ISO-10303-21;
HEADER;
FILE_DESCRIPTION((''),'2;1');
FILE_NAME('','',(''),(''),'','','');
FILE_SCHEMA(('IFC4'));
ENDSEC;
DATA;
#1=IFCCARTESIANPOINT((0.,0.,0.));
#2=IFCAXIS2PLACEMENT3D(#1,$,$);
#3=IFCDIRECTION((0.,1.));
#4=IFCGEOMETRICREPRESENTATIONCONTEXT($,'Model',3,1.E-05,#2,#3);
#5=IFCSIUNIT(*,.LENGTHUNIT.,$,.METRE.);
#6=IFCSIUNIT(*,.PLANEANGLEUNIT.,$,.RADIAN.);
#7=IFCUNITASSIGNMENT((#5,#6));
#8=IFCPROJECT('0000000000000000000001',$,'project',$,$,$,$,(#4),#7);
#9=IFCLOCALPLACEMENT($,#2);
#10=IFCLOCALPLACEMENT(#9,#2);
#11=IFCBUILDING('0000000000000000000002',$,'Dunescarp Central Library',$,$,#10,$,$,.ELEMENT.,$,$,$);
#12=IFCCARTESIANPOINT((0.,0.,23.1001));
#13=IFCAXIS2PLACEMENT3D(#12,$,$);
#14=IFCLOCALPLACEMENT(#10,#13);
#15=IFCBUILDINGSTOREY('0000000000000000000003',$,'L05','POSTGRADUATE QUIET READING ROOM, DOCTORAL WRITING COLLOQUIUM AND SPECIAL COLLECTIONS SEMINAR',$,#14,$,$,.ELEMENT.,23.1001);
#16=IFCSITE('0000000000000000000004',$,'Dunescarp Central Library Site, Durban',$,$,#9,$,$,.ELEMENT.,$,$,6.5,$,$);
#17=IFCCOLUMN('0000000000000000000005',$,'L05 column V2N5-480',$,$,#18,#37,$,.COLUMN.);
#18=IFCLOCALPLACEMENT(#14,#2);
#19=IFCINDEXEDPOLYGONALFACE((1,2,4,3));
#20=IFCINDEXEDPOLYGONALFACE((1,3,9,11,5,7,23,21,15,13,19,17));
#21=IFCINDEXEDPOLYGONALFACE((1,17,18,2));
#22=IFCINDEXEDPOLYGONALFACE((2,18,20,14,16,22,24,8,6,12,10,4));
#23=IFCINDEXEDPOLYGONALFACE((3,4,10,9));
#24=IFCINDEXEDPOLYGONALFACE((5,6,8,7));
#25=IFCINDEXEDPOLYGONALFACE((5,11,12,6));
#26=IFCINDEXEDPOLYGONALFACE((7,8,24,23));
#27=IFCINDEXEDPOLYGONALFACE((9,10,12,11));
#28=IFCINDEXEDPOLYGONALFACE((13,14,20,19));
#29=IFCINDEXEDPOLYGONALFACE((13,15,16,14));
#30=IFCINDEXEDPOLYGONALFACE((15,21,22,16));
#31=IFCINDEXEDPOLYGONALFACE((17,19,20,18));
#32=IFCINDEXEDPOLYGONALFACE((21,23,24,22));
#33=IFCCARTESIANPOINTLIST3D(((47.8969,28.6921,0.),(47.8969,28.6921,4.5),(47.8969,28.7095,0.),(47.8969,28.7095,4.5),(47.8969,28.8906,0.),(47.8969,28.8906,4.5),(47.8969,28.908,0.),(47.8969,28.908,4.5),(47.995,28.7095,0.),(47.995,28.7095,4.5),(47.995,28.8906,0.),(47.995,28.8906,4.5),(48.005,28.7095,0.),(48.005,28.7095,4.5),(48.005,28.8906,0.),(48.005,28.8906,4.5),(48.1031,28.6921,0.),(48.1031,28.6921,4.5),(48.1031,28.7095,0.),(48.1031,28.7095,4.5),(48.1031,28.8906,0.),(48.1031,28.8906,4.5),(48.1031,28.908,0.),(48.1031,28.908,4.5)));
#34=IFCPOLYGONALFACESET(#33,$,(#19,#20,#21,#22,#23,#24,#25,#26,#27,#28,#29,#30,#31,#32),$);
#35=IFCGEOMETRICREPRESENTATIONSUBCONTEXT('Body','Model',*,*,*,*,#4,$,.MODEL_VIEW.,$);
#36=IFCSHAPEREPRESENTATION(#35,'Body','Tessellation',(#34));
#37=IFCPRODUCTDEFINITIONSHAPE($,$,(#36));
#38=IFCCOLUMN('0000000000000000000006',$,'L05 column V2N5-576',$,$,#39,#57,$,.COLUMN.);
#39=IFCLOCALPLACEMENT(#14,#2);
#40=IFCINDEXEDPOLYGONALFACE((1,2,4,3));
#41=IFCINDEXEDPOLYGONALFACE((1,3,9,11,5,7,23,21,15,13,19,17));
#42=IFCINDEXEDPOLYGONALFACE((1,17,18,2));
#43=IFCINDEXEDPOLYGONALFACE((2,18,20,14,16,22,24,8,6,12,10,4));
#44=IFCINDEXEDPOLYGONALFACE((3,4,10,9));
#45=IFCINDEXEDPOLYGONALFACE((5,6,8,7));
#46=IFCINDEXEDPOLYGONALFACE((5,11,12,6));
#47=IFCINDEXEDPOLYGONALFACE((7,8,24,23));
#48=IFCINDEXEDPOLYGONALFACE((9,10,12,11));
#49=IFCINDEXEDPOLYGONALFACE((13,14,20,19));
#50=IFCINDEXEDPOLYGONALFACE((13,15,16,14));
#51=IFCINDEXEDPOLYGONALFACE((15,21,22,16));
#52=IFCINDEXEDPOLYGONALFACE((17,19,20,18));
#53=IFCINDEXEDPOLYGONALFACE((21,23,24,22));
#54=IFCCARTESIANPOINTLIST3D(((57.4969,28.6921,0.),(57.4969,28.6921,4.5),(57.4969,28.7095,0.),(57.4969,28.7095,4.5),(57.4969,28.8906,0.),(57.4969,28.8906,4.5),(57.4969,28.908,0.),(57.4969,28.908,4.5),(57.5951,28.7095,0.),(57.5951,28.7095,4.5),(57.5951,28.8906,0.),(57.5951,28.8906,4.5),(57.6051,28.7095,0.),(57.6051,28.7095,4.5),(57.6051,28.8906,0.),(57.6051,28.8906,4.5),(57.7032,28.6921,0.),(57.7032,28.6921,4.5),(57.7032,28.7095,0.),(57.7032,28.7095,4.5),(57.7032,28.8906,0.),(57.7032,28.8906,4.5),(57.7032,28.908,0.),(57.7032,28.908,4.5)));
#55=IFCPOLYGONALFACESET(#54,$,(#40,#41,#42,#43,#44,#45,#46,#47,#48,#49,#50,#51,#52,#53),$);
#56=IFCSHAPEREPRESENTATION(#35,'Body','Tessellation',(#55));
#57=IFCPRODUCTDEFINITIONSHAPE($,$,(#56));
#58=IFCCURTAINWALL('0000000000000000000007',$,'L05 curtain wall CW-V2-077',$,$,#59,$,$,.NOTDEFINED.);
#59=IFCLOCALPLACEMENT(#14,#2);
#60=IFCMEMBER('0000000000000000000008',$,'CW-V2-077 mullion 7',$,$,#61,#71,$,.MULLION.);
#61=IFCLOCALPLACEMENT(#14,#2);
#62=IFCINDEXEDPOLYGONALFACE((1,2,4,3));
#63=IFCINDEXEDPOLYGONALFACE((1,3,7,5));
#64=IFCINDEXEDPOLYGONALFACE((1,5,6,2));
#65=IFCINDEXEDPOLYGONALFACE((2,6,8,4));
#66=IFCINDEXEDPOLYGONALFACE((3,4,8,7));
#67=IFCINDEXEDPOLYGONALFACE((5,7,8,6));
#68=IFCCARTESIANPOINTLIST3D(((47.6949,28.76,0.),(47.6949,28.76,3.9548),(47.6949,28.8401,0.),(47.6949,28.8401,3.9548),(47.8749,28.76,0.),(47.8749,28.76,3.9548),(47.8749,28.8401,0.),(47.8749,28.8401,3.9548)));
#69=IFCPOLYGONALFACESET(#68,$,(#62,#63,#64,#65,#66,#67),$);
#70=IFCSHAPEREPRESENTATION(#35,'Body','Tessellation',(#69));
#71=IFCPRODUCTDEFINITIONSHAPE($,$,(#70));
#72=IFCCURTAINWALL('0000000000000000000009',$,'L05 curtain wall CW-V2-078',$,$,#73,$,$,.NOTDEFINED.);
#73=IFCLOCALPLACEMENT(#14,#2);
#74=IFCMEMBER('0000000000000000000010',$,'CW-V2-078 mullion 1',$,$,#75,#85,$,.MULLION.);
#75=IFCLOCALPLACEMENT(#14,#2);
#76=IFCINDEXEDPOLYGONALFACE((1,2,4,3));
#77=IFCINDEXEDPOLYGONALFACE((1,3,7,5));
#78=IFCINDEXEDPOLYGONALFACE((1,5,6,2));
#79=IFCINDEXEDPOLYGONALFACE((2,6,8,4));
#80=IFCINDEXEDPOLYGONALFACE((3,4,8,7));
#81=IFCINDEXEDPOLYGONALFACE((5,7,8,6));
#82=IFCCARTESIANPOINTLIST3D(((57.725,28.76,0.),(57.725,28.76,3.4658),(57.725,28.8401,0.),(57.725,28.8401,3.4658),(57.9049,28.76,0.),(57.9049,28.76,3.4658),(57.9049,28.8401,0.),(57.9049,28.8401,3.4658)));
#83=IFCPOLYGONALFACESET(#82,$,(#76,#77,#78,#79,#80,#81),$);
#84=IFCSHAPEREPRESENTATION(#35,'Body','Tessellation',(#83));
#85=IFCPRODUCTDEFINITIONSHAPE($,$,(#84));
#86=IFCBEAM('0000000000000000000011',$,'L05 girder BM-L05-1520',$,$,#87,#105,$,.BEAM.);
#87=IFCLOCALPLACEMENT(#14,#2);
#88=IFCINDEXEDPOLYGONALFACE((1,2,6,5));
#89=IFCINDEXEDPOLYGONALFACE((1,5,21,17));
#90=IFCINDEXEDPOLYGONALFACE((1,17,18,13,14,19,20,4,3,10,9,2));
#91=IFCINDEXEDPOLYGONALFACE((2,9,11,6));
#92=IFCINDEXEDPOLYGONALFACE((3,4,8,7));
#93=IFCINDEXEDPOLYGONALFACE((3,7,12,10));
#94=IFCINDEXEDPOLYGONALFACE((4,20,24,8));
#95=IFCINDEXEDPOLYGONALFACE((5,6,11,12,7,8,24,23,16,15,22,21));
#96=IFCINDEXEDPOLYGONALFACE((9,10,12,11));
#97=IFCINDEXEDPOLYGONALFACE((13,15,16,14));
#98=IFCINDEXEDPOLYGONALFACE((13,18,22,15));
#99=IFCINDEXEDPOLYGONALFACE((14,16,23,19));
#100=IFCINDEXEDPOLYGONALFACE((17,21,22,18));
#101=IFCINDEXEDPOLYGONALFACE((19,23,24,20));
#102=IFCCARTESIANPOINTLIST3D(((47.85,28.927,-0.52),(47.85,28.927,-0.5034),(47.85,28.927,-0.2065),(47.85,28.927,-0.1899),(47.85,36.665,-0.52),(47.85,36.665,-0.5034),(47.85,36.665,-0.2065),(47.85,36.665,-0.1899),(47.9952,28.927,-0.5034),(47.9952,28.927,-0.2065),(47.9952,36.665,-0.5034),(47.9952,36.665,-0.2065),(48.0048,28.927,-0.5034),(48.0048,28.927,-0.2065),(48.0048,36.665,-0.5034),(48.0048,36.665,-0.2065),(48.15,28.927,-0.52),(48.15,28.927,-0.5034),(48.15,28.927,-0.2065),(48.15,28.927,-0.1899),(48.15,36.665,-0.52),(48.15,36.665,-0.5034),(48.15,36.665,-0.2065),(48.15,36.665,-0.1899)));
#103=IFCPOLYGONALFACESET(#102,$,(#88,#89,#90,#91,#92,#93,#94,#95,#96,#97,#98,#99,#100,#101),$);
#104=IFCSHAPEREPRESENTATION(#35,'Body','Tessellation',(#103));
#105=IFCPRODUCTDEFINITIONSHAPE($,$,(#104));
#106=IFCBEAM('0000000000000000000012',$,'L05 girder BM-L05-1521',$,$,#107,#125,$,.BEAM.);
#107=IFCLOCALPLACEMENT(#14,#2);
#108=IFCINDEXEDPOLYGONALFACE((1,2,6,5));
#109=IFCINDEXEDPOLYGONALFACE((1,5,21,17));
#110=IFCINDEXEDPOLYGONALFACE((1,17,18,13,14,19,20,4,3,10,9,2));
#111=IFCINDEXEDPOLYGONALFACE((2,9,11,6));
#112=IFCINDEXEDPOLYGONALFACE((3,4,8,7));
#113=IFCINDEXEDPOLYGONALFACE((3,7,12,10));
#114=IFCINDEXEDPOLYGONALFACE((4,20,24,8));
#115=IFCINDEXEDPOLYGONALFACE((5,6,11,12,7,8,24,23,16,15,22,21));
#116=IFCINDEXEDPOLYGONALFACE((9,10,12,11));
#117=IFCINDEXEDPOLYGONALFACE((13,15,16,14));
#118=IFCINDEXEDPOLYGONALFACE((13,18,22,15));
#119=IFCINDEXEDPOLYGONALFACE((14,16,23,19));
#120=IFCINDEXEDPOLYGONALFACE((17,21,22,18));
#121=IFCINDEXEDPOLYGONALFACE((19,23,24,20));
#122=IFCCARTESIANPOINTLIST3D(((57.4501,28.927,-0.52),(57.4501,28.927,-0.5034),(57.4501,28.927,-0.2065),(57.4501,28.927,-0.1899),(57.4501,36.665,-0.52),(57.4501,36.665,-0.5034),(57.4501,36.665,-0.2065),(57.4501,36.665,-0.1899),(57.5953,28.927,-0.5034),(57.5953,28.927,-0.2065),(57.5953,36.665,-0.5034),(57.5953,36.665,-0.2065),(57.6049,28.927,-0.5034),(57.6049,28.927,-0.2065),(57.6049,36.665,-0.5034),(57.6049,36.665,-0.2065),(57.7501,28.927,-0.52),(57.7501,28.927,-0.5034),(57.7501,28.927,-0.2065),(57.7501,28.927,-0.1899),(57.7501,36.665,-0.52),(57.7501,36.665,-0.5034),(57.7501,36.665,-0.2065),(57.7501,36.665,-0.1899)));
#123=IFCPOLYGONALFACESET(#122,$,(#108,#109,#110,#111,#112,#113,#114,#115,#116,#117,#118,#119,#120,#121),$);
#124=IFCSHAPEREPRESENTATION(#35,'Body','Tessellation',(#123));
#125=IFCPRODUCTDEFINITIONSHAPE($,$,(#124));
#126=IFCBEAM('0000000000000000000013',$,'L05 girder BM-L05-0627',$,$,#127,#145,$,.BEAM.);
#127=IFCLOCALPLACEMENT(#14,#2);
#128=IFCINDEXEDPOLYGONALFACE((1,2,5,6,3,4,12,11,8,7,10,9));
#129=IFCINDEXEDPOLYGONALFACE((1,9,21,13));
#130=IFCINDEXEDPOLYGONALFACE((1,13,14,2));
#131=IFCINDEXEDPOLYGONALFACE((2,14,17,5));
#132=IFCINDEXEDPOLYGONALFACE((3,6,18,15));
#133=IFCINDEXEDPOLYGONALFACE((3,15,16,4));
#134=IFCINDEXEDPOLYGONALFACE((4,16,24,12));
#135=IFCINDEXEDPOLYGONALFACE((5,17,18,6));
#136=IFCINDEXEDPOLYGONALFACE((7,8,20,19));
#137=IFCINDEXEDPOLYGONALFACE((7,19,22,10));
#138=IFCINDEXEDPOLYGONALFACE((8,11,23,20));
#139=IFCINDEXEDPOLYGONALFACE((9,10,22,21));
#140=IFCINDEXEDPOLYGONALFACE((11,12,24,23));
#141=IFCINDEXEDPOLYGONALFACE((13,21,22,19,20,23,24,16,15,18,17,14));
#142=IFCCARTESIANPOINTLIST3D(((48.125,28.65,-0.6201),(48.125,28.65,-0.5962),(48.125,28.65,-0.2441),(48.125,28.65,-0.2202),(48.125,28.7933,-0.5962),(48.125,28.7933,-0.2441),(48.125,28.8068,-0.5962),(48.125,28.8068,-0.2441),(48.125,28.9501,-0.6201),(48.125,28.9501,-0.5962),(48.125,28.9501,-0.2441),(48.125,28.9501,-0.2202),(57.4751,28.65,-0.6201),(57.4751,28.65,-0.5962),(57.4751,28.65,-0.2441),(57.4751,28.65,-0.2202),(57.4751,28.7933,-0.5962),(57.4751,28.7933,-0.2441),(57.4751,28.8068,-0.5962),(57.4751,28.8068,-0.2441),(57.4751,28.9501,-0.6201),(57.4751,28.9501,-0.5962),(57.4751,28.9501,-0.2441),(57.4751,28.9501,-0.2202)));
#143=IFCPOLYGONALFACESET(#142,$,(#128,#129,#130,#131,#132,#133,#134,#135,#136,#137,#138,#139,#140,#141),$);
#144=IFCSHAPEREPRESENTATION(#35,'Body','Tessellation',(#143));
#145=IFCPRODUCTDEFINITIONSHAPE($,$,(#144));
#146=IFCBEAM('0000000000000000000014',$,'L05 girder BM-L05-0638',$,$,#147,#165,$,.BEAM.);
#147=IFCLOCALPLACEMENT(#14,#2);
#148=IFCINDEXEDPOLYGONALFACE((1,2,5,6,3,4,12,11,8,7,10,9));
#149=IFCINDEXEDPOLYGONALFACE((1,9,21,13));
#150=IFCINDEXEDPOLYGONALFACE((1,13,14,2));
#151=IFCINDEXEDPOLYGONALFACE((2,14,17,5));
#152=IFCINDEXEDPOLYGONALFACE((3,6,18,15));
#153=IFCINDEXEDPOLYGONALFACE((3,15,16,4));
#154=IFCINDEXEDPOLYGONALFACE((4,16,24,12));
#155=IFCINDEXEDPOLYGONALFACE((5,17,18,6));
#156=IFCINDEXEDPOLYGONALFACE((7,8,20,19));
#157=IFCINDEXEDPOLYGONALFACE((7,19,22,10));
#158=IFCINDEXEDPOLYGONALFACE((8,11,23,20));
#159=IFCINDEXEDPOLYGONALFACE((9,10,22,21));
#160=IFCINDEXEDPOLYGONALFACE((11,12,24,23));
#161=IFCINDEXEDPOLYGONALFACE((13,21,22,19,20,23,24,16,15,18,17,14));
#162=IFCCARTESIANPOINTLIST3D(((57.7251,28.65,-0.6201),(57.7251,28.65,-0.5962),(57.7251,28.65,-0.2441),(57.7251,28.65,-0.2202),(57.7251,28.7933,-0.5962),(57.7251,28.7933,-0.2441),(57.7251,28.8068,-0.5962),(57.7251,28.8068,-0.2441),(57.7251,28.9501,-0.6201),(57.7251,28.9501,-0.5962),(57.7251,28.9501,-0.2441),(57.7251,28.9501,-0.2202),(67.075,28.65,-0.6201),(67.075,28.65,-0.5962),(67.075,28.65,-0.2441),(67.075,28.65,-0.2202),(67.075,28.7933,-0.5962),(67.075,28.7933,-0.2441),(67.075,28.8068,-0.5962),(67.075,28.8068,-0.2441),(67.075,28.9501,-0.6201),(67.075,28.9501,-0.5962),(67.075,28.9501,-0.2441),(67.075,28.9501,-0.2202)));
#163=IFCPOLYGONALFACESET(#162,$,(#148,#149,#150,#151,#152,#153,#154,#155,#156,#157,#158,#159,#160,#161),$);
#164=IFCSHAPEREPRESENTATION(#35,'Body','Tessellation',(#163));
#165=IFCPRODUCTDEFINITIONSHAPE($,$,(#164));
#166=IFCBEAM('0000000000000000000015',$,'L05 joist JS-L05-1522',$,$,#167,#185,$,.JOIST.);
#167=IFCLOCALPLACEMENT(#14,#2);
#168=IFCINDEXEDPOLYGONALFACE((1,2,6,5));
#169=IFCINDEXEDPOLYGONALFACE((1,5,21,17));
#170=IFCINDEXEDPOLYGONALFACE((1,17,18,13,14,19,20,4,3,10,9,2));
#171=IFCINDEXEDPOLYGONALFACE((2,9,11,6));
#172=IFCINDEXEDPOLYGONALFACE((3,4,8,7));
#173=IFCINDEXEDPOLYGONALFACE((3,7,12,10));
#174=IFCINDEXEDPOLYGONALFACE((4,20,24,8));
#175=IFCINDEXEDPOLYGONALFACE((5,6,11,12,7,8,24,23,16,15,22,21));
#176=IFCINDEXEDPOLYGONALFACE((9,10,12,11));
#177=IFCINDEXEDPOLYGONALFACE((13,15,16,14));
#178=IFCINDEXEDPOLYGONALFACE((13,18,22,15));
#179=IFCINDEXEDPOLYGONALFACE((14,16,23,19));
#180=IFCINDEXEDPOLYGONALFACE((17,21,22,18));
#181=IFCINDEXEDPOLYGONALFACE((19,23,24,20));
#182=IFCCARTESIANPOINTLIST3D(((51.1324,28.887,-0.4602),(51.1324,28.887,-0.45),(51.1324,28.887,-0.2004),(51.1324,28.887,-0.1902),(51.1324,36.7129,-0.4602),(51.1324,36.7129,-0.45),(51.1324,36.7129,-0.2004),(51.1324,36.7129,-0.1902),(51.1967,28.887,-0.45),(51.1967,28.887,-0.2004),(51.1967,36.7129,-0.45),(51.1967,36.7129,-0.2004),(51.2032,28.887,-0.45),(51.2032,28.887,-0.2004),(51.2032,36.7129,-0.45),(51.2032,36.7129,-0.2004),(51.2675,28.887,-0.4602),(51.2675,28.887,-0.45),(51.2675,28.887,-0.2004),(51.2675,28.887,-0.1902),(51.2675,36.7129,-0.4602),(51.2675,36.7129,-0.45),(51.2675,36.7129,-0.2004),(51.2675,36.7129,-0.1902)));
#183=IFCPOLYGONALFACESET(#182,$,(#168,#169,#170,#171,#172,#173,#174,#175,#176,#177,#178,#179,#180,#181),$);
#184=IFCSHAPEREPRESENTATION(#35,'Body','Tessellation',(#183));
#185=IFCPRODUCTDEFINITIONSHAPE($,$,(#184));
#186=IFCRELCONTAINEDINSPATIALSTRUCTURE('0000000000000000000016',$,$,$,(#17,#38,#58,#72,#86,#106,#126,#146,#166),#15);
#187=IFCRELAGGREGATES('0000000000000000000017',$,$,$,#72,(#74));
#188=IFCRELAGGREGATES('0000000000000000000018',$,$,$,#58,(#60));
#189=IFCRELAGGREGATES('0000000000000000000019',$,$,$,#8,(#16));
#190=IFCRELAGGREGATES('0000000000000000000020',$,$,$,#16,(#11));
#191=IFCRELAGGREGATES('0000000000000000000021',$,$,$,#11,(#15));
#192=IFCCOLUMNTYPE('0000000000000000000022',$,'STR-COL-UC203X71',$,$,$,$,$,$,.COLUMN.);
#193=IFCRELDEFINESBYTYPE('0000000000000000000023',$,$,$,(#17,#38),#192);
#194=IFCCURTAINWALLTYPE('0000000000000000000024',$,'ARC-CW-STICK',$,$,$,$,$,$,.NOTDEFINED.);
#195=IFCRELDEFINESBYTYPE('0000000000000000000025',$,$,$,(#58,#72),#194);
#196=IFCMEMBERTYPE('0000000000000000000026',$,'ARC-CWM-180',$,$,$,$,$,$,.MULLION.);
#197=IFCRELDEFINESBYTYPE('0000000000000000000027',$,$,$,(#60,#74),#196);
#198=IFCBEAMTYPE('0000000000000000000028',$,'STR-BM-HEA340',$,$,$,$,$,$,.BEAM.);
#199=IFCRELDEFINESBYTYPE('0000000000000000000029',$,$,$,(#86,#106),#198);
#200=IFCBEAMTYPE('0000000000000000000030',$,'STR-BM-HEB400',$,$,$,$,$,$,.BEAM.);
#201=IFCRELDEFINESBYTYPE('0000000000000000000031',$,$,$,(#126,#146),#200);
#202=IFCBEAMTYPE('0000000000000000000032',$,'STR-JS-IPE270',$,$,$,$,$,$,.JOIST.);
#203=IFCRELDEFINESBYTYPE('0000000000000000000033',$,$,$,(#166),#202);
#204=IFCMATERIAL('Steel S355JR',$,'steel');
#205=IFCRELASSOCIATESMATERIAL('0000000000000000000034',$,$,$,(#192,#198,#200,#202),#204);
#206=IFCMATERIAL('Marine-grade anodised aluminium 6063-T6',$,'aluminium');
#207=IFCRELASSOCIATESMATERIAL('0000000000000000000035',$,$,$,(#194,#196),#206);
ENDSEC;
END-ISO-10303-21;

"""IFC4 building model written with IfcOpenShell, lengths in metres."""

from ifc_helpers import new_model, si_unit, direction, frame, origin, origin_2d, place, context, subcontext, project, spatial, rectangle, i_section, extrude, material, material_profile, profile_set, type_object, element, aggregate, save


model = new_model("IFC4")

# Units and contexts
model_context = context("Model", 3, precision=1e-05, world=origin(), true_north=direction((0.0, 1.0)))
body_context = subcontext(model_context, "Body", "Model", "MODEL_VIEW")
ifc_project = project(units=[si_unit("LENGTHUNIT", "METRE"), si_unit("PLANEANGLEUNIT", "RADIAN")], contexts=[model_context])

# Site, building, storey
site_placement = place(None, origin())
site = spatial("IfcSite", under=ifc_project, at=site_placement, Name="Dunescarp Central Library Site, Durban", CompositionType="ELEMENT", RefElevation=6.5)
building_placement = place(site_placement, origin())
building = spatial("IfcBuilding", under=site, at=building_placement, Name="Dunescarp Central Library", CompositionType="ELEMENT")
storey_placement = place(building_placement, frame((0.0, 0.0, 23.1001)))
storey = spatial("IfcBuildingStorey", under=building, at=storey_placement, Name="L05", Description="POSTGRADUATE QUIET READING ROOM, DOCTORAL WRITING COLLOQUIUM AND SPECIAL COLLECTIONS SEMINAR", CompositionType="ELEMENT", Elevation=23.1001)

# Columns
ifc_material_1 = material(Name="Steel S355JR", Category="steel")
ifc_material_profile_1 = material_profile(ifc_material_1, i_section(OverallWidth=0.2063, OverallDepth=0.2158, WebThickness=0.01, FlangeThickness=0.0173, at=origin_2d()), Name="UC 203x203x71")
ifc_profile_set_1 = profile_set([ifc_material_profile_1], Name="Steel S355JR")
column_type = type_object("IfcColumnType", Name="STR-COL-UC203X71", PredefinedType="COLUMN", material=ifc_profile_set_1)
for number, where, z_axis, x_axis, name in (
    (1, (48.0, 28.8, 0.0), (0.0, 0.0, 1.0), (1.0, 0.0, 0.0), "L05 column V2N5-480"),
    (2, (57.6001, 28.8, 0.0), (0.0, 0.0, 1.0), (1.0, 0.0, 0.0), "L05 column V2N5-576"),
):
    element("IfcColumn", number, at=place(storey_placement, frame(where, z_axis=z_axis, x_axis=x_axis)), inside=storey, type_object=column_type, Name=name, PredefinedType="COLUMN", context=body_context, shape_type="SweptSolid", body=[
        extrude(i_section(OverallWidth=0.2063, OverallDepth=0.2158, WebThickness=0.01, FlangeThickness=0.0173, at=origin_2d()), origin(), (0.0, 0.0, 1.0), 4.5),
    ])

# Curtain walls, members
ifc_material_2 = material(Name="Marine-grade anodised aluminium 6063-T6", Category="aluminium")
curtain_wall_type = type_object("IfcCurtainWallType", Name="ARC-CW-STICK", PredefinedType="NOTDEFINED", material=ifc_material_2)
curtain_wall_1_placement = place(storey_placement, origin())
curtain_wall_1 = element("IfcCurtainWall", 3, at=curtain_wall_1_placement, inside=storey, type_object=curtain_wall_type, Name="L05 curtain wall CW-V2-077", PredefinedType="NOTDEFINED")
ifc_material_profile_2 = material_profile(ifc_material_2, rectangle(XDim=0.0801, YDim=0.1799, at=origin_2d()), Name="AL 80x180")
ifc_profile_set_2 = profile_set([ifc_material_profile_2], Name="Marine-grade anodised aluminium 6063-T6")
member_type = type_object("IfcMemberType", Name="ARC-CWM-180", PredefinedType="MULLION", material=ifc_profile_set_2)
member_1_placement = place(storey_placement, frame((47.7849, 28.8, 0.0), z_axis=(0.0, 0.0, 1.0), x_axis=(0.0, 1.0, 0.0)))
member_1 = element("IfcMember", 4, at=member_1_placement, type_object=member_type, Name="CW-V2-077 mullion 7", PredefinedType="MULLION", context=body_context, shape_type="SweptSolid", body=[
    extrude(rectangle(XDim=0.0801, YDim=0.1799, at=origin_2d()), origin(), (0.0, 0.0, 1.0), 3.9548),
])
curtain_wall_2_placement = place(storey_placement, origin())
curtain_wall_2 = element("IfcCurtainWall", 5, at=curtain_wall_2_placement, inside=storey, type_object=curtain_wall_type, Name="L05 curtain wall CW-V2-078", PredefinedType="NOTDEFINED")
member_2_placement = place(storey_placement, frame((57.8149, 28.8, 0.0), z_axis=(0.0, 0.0, 1.0), x_axis=(0.0, 1.0, 0.0)))
member_2 = element("IfcMember", 6, at=member_2_placement, type_object=member_type, Name="CW-V2-078 mullion 1", PredefinedType="MULLION", context=body_context, shape_type="SweptSolid", body=[
    extrude(rectangle(XDim=0.0801, YDim=0.1799, at=origin_2d()), origin(), (0.0, 0.0, 1.0), 3.4658),
])
aggregate(curtain_wall_2, [member_2])

# Beams
ifc_material_profile_3 = material_profile(ifc_material_1, i_section(OverallWidth=0.3, OverallDepth=0.3301, WebThickness=0.0095, FlangeThickness=0.0166, at=origin_2d()), Name="HEA 340")
ifc_profile_set_3 = profile_set([ifc_material_profile_3], Name="Steel S355JR")
beam_type_1 = type_object("IfcBeamType", Name="STR-BM-HEA340", PredefinedType="BEAM", material=ifc_profile_set_3)
for number, where, z_axis, x_axis, name in (
    (7, (48.0, 28.927, -0.355), (0.0, 1.0, 0.0), (-1.0, 0.0, 0.0), "L05 girder BM-L05-1520"),
    (8, (57.6001, 28.927, -0.355), (0.0, 1.0, 0.0), (-1.0, 0.0, 0.0), "L05 girder BM-L05-1521"),
):
    element("IfcBeam", number, at=place(storey_placement, frame(where, z_axis=z_axis, x_axis=x_axis)), inside=storey, type_object=beam_type_1, Name=name, PredefinedType="BEAM", context=body_context, shape_type="SweptSolid", body=[
        extrude(i_section(OverallWidth=0.3, OverallDepth=0.3301, WebThickness=0.0095, FlangeThickness=0.0166, at=origin_2d()), origin(), (0.0, 0.0, 1.0), 7.738),
    ])
ifc_material_profile_4 = material_profile(ifc_material_1, i_section(OverallWidth=0.3, OverallDepth=0.3999, WebThickness=0.0134, FlangeThickness=0.0239, at=origin_2d()), Name="HEB 400")
ifc_profile_set_4 = profile_set([ifc_material_profile_4], Name="Steel S355JR")
beam_type_2 = type_object("IfcBeamType", Name="STR-BM-HEB400", PredefinedType="BEAM", material=ifc_profile_set_4)
beam_1_placement = place(storey_placement, frame((48.125, 28.8, -0.4202), z_axis=(1.0, 0.0, 0.0), x_axis=(0.0, 1.0, 0.0)))
element("IfcBeam", 9, at=beam_1_placement, inside=storey, type_object=beam_type_2, Name="L05 girder BM-L05-0627", PredefinedType="BEAM", context=body_context, shape_type="SweptSolid", body=[
    extrude(i_section(OverallWidth=0.3, OverallDepth=0.3999, WebThickness=0.0134, FlangeThickness=0.0239, at=origin_2d()), origin(), (0.0, 0.0, 1.0), 9.3501),
])
beam_2_placement = place(storey_placement, frame((57.7251, 28.8, -0.4202), z_axis=(1.0, 0.0, 0.0), x_axis=(0.0, 1.0, 0.0)))
element("IfcBeam", 10, at=beam_2_placement, inside=storey, type_object=beam_type_2, Name="L05 girder BM-L05-0638", PredefinedType="BEAM", context=body_context, shape_type="SweptSolid", body=[
    extrude(i_section(OverallWidth=0.3, OverallDepth=0.3999, WebThickness=0.0134, FlangeThickness=0.0239, at=origin_2d()), origin(), (0.0, 0.0, 1.0), 9.3499),
])
ifc_material_profile_5 = material_profile(ifc_material_1, i_section(OverallWidth=0.135, OverallDepth=0.27, WebThickness=0.0066, FlangeThickness=0.0103, at=origin_2d()), Name="IPE 270")
ifc_profile_set_5 = profile_set([ifc_material_profile_5], Name="Steel S355JR")
beam_type_3 = type_object("IfcBeamType", Name="STR-JS-IPE270", PredefinedType="JOIST", material=ifc_profile_set_5)
for number, where, z_axis, x_axis, name in (
    (11, (51.2, 28.887, -0.3252), (0.0, 1.0, 0.0), (-1.0, 0.0, 0.0), "L05 joist JS-L05-1522"),
):
    element("IfcBeam", number, at=place(storey_placement, frame(where, z_axis=z_axis, x_axis=x_axis)), inside=storey, type_object=beam_type_3, Name=name, PredefinedType="JOIST", context=body_context, shape_type="SweptSolid", body=[
        extrude(i_section(OverallWidth=0.135, OverallDepth=0.27, WebThickness=0.0066, FlangeThickness=0.0103, at=origin_2d()), origin(), (0.0, 0.0, 1.0), 7.8259),
    ])

aggregate(curtain_wall_1, [member_1])

save(model, "model.ifc")
